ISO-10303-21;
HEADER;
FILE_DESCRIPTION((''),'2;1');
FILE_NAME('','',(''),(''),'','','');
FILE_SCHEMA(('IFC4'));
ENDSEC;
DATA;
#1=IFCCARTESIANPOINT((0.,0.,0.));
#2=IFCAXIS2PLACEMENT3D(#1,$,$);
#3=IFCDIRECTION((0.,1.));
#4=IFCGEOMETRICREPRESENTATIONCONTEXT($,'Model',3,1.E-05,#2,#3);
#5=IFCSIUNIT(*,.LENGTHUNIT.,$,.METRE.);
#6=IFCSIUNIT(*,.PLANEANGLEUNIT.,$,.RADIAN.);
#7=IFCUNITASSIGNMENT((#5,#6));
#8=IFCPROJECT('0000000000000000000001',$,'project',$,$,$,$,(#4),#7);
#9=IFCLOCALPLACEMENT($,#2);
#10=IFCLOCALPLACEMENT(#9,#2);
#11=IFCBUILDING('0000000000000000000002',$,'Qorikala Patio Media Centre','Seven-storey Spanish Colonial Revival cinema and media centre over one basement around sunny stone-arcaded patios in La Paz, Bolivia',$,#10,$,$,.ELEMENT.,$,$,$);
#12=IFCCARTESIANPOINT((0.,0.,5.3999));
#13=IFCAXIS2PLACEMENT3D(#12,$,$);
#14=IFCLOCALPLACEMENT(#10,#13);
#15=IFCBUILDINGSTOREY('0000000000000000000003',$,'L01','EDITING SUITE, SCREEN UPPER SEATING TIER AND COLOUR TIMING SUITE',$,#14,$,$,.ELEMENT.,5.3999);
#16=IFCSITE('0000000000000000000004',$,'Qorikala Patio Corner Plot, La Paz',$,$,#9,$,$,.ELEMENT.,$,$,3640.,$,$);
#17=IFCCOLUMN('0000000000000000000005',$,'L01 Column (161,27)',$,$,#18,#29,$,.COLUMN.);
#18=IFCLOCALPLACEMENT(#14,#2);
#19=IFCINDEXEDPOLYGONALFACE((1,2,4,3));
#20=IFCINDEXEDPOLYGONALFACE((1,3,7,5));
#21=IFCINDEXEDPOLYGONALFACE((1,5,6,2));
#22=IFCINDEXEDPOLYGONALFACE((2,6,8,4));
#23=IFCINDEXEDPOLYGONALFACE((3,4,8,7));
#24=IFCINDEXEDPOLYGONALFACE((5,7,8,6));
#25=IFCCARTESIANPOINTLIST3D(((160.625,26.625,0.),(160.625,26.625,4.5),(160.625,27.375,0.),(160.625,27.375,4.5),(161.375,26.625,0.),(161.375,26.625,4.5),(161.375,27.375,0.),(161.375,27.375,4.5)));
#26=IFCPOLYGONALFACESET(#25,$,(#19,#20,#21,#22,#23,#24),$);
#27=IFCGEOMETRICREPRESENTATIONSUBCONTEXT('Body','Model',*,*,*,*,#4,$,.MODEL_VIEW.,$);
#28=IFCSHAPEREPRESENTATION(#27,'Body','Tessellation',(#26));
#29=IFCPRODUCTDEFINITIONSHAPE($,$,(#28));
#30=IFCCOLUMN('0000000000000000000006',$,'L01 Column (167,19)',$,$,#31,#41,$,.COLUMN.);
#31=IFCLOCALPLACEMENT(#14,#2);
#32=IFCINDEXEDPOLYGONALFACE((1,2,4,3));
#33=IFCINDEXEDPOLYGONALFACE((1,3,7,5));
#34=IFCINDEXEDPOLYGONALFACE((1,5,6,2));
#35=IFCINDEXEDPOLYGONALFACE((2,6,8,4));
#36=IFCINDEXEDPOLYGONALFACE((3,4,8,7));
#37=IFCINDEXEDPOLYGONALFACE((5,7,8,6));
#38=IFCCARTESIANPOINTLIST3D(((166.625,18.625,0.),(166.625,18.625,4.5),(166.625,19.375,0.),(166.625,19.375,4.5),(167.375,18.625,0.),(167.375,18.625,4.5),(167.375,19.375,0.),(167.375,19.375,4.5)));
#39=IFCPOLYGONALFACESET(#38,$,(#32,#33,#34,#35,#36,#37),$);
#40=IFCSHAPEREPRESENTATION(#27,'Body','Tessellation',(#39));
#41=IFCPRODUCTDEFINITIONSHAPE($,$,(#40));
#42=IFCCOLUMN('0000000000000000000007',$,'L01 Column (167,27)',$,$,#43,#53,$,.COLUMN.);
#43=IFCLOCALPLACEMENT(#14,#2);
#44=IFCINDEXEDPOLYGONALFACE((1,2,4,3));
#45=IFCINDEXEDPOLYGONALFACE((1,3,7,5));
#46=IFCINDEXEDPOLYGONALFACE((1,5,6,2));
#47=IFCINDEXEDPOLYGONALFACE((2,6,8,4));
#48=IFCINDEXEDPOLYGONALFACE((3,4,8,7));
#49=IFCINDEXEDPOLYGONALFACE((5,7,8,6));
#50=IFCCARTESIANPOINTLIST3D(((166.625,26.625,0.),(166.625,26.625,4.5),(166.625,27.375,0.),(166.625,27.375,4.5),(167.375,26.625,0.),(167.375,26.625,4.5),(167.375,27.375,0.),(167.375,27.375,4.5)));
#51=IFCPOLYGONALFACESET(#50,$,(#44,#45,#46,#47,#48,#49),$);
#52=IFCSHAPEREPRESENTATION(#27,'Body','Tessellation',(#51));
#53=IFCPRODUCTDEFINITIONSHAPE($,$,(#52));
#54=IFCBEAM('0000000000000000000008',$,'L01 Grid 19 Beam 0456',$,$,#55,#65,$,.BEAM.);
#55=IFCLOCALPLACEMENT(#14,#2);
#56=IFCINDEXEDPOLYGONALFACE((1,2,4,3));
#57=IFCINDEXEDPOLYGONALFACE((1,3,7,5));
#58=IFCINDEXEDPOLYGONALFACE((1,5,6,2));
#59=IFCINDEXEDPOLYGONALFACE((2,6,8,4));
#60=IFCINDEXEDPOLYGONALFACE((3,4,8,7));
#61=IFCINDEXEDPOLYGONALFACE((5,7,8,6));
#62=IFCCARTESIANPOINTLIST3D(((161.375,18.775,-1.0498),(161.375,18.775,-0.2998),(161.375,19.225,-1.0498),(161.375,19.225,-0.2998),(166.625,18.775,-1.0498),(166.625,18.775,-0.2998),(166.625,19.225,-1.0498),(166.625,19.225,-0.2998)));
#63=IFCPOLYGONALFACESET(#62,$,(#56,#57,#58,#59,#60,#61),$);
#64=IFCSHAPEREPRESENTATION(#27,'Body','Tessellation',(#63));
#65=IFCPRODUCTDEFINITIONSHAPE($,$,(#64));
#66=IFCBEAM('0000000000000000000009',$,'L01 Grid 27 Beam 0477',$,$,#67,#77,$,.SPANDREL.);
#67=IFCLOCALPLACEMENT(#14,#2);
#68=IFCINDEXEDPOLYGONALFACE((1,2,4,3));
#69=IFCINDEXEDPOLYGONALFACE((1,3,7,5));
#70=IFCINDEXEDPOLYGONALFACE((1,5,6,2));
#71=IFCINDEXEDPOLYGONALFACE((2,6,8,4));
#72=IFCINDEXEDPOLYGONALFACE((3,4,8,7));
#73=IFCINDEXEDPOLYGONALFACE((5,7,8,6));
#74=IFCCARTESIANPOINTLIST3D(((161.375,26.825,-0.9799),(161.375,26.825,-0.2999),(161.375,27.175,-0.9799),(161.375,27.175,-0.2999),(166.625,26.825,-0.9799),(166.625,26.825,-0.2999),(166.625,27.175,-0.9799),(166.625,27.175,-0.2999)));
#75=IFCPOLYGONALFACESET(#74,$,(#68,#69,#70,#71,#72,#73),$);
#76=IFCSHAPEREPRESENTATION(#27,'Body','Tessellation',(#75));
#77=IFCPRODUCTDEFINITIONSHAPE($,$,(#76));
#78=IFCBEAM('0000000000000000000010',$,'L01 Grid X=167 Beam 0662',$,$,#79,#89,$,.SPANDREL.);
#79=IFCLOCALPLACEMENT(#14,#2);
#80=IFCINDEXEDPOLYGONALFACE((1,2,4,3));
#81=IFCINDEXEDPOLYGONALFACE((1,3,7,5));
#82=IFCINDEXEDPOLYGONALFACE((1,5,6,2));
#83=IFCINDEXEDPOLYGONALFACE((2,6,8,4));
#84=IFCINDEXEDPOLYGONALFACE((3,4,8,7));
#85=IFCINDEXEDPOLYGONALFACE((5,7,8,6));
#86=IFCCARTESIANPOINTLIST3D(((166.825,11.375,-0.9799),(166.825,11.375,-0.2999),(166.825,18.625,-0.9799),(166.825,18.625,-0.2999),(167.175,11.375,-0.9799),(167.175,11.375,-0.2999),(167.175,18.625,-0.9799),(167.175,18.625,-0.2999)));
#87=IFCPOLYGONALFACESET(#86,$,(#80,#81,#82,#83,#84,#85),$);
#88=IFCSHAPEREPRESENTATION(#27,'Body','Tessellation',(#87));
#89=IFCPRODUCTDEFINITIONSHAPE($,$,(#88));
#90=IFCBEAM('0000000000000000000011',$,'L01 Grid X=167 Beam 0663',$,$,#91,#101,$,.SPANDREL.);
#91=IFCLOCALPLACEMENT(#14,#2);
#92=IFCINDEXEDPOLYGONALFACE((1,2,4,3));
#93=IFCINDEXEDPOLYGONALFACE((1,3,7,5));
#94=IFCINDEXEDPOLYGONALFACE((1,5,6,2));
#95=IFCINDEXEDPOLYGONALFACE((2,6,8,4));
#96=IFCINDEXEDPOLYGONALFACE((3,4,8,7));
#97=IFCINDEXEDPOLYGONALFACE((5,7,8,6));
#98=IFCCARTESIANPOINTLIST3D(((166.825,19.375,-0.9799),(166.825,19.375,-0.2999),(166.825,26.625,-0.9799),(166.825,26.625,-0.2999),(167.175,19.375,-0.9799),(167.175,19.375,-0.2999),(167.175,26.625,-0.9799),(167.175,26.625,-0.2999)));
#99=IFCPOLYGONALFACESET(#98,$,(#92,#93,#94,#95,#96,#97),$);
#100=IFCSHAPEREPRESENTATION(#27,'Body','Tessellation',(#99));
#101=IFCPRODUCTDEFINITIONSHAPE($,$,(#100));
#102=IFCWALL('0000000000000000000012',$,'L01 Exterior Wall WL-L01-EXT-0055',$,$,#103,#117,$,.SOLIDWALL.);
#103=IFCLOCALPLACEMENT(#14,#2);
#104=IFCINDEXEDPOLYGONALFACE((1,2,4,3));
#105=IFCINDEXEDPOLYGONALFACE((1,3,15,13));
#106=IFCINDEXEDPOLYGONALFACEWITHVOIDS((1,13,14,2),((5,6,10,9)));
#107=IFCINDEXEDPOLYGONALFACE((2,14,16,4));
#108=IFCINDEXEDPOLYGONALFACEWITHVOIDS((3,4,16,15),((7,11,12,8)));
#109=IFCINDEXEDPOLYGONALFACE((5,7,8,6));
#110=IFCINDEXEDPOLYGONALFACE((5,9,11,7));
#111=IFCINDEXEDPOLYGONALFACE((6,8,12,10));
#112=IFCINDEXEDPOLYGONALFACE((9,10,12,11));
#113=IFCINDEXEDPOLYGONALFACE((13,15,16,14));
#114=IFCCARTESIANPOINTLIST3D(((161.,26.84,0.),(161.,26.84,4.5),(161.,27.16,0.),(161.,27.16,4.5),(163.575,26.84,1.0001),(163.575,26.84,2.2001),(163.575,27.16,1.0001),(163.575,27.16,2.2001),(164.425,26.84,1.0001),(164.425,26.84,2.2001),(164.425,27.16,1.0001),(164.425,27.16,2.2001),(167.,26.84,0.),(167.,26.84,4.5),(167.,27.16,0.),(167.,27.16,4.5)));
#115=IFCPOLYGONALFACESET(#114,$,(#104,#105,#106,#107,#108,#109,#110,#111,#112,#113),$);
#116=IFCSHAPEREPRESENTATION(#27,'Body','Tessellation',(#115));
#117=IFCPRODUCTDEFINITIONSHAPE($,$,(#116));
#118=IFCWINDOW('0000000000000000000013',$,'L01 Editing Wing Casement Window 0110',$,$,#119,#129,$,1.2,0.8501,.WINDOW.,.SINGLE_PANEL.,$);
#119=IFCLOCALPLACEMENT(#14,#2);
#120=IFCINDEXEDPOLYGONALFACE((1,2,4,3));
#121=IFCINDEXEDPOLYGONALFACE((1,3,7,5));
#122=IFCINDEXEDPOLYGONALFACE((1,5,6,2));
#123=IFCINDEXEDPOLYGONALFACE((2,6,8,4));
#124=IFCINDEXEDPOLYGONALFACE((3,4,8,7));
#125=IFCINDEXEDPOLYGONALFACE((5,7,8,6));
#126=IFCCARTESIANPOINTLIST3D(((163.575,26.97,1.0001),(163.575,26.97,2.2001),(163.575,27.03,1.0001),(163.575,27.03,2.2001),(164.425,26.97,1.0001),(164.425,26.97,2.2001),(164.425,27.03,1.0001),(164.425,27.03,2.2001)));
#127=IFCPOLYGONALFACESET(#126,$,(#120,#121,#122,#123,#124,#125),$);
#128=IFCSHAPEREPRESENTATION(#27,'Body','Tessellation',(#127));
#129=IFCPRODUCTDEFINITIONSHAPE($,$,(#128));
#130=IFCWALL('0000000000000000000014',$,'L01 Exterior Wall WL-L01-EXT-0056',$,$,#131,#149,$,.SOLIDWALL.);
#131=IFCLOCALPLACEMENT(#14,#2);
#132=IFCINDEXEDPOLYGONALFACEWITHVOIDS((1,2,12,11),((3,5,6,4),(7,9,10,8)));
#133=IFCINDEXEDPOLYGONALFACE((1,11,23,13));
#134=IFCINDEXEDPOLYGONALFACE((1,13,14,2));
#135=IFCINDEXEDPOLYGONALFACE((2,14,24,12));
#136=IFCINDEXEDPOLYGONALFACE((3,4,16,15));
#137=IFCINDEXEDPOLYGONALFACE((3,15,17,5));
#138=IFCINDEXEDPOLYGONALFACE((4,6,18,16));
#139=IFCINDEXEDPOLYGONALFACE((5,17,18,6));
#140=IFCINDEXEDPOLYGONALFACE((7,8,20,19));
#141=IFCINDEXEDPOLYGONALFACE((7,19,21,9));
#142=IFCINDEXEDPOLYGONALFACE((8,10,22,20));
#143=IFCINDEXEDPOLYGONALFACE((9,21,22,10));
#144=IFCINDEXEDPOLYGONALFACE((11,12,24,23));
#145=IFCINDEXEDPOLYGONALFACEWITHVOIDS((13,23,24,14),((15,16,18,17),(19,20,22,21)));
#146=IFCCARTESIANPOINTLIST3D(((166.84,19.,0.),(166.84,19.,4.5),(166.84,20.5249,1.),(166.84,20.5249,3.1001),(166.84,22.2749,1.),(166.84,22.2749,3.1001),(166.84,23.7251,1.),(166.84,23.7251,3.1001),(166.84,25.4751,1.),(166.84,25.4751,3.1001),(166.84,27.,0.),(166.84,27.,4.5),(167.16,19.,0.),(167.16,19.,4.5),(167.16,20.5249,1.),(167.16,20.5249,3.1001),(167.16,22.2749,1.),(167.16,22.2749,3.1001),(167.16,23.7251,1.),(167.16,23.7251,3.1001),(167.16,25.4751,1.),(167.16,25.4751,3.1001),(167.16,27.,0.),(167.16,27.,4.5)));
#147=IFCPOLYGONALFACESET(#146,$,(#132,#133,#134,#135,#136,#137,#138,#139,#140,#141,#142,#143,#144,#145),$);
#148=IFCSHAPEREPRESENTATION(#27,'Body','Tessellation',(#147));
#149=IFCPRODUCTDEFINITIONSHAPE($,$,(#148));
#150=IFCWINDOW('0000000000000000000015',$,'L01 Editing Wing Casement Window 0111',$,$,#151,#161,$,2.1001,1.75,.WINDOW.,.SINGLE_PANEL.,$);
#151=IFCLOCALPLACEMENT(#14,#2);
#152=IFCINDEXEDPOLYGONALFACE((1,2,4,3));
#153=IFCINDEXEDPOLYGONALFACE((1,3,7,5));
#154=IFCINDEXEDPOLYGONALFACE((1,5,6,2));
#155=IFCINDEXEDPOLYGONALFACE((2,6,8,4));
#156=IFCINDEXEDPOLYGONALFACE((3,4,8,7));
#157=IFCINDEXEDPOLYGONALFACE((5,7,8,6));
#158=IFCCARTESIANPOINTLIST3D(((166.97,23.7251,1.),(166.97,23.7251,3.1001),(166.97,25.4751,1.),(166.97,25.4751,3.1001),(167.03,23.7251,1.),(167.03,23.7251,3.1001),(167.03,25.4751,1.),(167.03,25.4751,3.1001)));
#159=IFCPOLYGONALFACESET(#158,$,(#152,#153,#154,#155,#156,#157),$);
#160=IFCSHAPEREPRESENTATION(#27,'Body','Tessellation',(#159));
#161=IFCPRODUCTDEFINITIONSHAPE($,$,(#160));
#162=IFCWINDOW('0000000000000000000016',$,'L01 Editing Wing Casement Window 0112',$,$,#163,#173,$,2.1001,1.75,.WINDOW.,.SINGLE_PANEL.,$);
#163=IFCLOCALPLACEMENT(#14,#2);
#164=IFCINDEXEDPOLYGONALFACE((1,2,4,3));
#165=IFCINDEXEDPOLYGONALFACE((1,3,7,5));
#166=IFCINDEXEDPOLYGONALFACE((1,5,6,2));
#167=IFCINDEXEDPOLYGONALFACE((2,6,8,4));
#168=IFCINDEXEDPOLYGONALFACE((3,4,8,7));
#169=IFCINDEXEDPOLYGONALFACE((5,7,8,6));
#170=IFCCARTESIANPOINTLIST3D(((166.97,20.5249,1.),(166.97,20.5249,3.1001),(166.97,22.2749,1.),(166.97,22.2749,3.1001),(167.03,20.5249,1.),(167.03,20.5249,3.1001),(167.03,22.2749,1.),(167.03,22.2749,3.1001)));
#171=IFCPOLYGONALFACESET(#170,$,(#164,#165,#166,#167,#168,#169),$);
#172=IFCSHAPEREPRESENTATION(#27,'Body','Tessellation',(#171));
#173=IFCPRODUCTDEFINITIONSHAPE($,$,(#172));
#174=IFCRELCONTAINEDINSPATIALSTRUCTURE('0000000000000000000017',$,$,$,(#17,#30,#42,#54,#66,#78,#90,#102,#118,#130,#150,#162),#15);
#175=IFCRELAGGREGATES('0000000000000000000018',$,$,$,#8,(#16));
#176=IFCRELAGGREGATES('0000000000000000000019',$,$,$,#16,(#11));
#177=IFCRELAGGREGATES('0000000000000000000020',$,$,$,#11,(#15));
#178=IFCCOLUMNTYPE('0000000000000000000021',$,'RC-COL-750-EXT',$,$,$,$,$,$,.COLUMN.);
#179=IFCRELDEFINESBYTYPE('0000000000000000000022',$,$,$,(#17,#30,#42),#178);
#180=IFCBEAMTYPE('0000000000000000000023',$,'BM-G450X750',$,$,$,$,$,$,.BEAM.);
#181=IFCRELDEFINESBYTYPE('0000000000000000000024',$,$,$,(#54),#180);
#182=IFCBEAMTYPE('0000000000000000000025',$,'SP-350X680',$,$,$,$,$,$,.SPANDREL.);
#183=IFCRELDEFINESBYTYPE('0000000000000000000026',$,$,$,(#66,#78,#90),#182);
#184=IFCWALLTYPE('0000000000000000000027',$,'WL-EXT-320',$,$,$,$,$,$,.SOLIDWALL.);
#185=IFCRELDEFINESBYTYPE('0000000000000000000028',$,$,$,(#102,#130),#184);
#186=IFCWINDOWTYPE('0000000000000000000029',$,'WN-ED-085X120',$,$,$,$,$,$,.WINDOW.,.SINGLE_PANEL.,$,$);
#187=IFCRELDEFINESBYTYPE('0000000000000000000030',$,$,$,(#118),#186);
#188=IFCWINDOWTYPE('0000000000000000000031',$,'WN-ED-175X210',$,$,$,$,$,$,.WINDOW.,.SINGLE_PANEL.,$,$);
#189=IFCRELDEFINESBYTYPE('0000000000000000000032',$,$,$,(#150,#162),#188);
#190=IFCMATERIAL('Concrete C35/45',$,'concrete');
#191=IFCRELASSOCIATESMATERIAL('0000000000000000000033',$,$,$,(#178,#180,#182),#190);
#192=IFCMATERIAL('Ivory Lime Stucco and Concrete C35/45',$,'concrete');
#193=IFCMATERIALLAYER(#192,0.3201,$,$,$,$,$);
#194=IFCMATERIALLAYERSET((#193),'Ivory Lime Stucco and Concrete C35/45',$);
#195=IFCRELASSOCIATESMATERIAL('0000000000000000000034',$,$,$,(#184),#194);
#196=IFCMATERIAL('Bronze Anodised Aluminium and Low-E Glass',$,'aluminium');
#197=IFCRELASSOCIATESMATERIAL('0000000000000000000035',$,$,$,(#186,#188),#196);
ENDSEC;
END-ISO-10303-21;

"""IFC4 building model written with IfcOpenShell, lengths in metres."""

from ifc_helpers import new_model, si_unit, direction, frame, frame_2d, origin, origin_2d, place, context, subcontext, project, spatial, rectangle, extrude, material, layer, layer_set, material_profile, profile_set, type_object, element, fill, save


model = new_model("IFC4")

# Units and contexts
model_context = context("Model", 3, precision=1e-05, world=origin(), true_north=direction((0.0, 1.0)))
body_context = subcontext(model_context, "Body", "Model", "MODEL_VIEW")
ifc_project = project(units=[si_unit("LENGTHUNIT", "METRE"), si_unit("PLANEANGLEUNIT", "RADIAN")], contexts=[model_context])

# Site, building, storey
site_placement = place(None, origin())
site = spatial("IfcSite", under=ifc_project, at=site_placement, Name="Qorikala Patio Corner Plot, La Paz", CompositionType="ELEMENT", RefElevation=3640.0)
building_placement = place(site_placement, origin())
building = spatial("IfcBuilding", under=site, at=building_placement, Name="Qorikala Patio Media Centre", Description="Seven-storey Spanish Colonial Revival cinema and media centre over one basement around sunny stone-arcaded patios in La Paz, Bolivia", CompositionType="ELEMENT")
storey_placement = place(building_placement, frame((0.0, 0.0, 5.3999)))
storey = spatial("IfcBuildingStorey", under=building, at=storey_placement, Name="L01", Description="EDITING SUITE, SCREEN UPPER SEATING TIER AND COLOUR TIMING SUITE", CompositionType="ELEMENT", Elevation=5.3999)

# Columns
ifc_material_1 = material(Name="Concrete C35/45", Category="concrete")
ifc_material_profile_1 = material_profile(ifc_material_1, rectangle(XDim=0.75, YDim=0.75, at=origin_2d()), Name="RC 750x750")
ifc_profile_set_1 = profile_set([ifc_material_profile_1], Name="Concrete C35/45")
column_type = type_object("IfcColumnType", Name="RC-COL-750-EXT", PredefinedType="COLUMN", material=ifc_profile_set_1)
for number, where, z_axis, x_axis, name in (
    (1, (161.0, 27.0, 0.0), (0.0, 0.0, 1.0), (1.0, 0.0, 0.0), "L01 Column (161,27)"),
    (2, (167.0, 19.0, 0.0), (0.0, 0.0, 1.0), (1.0, 0.0, 0.0), "L01 Column (167,19)"),
    (3, (167.0, 27.0, 0.0), (0.0, 0.0, 1.0), (1.0, 0.0, 0.0), "L01 Column (167,27)"),
):
    element("IfcColumn", number, at=place(storey_placement, frame(where, z_axis=z_axis, x_axis=x_axis)), inside=storey, type_object=column_type, Name=name, PredefinedType="COLUMN", context=body_context, shape_type="SweptSolid", body=[
        extrude(rectangle(XDim=0.75, YDim=0.75, at=origin_2d()), origin(), (0.0, 0.0, 1.0), 4.5),
    ])

# Beams
ifc_material_profile_2 = material_profile(ifc_material_1, rectangle(XDim=0.45, YDim=0.75, at=origin_2d()), Name="RC 450x750")
ifc_profile_set_2 = profile_set([ifc_material_profile_2], Name="Concrete C35/45")
beam_type_1 = type_object("IfcBeamType", Name="BM-G450X750", PredefinedType="BEAM", material=ifc_profile_set_2)
beam_1_placement = place(storey_placement, frame((161.375, 19.0, -0.6748), z_axis=(1.0, 0.0, 0.0), x_axis=(0.0, 1.0, 0.0)))
element("IfcBeam", 4, at=beam_1_placement, inside=storey, type_object=beam_type_1, Name="L01 Grid 19 Beam 0456", PredefinedType="BEAM", context=body_context, shape_type="SweptSolid", body=[
    extrude(rectangle(XDim=0.45, YDim=0.75, at=origin_2d()), origin(), (0.0, 0.0, 1.0), 5.25),
])
ifc_material_profile_3 = material_profile(ifc_material_1, rectangle(XDim=0.3501, YDim=0.6799, at=origin_2d()), Name="RC 350x680")
ifc_profile_set_3 = profile_set([ifc_material_profile_3], Name="Concrete C35/45")
beam_type_2 = type_object("IfcBeamType", Name="SP-350X680", PredefinedType="SPANDREL", material=ifc_profile_set_3)
beam_2_placement = place(storey_placement, frame((161.375, 27.0, -0.6399), z_axis=(1.0, 0.0, 0.0), x_axis=(0.0, 1.0, 0.0)))
element("IfcBeam", 5, at=beam_2_placement, inside=storey, type_object=beam_type_2, Name="L01 Grid 27 Beam 0477", PredefinedType="SPANDREL", context=body_context, shape_type="SweptSolid", body=[
    extrude(rectangle(XDim=0.3501, YDim=0.6799, at=origin_2d()), origin(), (0.0, 0.0, 1.0), 5.25),
])
for number, where, z_axis, x_axis, name in (
    (6, (167.0, 11.375, -0.6399), (0.0, 1.0, 0.0), (-1.0, 0.0, 0.0), "L01 Grid X=167 Beam 0662"),
    (7, (167.0, 19.375, -0.6399), (0.0, 1.0, 0.0), (-1.0, 0.0, 0.0), "L01 Grid X=167 Beam 0663"),
):
    element("IfcBeam", number, at=place(storey_placement, frame(where, z_axis=z_axis, x_axis=x_axis)), inside=storey, type_object=beam_type_2, Name=name, PredefinedType="SPANDREL", context=body_context, shape_type="SweptSolid", body=[
        extrude(rectangle(XDim=0.3501, YDim=0.6799, at=origin_2d()), origin(), (0.0, 0.0, 1.0), 7.25),
    ])

# Wall, opening, window
ifc_material_2 = material(Name="Ivory Lime Stucco and Concrete C35/45", Category="concrete")
ifc_layer_1 = layer(ifc_material_2, 0.3201)
ifc_layer_set_1 = layer_set([ifc_layer_1], Name="Ivory Lime Stucco and Concrete C35/45")
wall_type_1 = type_object("IfcWallType", Name="WL-EXT-320", PredefinedType="SOLIDWALL", material=ifc_layer_set_1)
wall_1_placement = place(storey_placement, frame((161.0, 27.0, 0.0), z_axis=(0.0, 0.0, 1.0), x_axis=(1.0, 0.0, 0.0)))
wall_1 = element("IfcWall", 8, at=wall_1_placement, inside=storey, type_object=wall_type_1, Name="L01 Exterior Wall WL-L01-EXT-0055", PredefinedType="SOLIDWALL", context=body_context, shape_type="SweptSolid", body=[
    extrude(rectangle(XDim=6.0, YDim=0.3201, at=frame_2d((3.0, 0.0))), origin(), (0.0, 0.0, 1.0), 4.5),
])
opening_1_placement = place(wall_1_placement, frame((2.575, 0.0, 1.0)))
opening_1 = element("IfcOpeningElement", 9, at=opening_1_placement, cuts=wall_1, PredefinedType="OPENING", context=body_context, shape_type="SweptSolid", body=[
    extrude(rectangle(XDim=0.8501, YDim=1.2, at=frame_2d((0.425, 0.6001))), frame((0.0, 0.1699, 0.0), z_axis=(0.0, -1.0, 0.0), x_axis=(1.0, 0.0, 0.0)), (0.0, 0.0, 1.0), 0.3401),
])
ifc_material_3 = material(Name="Bronze Anodised Aluminium and Low-E Glass", Category="aluminium")
window_type_1 = type_object("IfcWindowType", Name="WN-ED-085X120", PartitioningType="SINGLE_PANEL", PredefinedType="WINDOW", material=ifc_material_3)
window_1_placement = place(opening_1_placement, origin())
window_1 = element("IfcWindow", 10, at=window_1_placement, inside=storey, type_object=window_type_1, Name="L01 Editing Wing Casement Window 0110", OverallHeight=1.2, OverallWidth=0.8501, PartitioningType="SINGLE_PANEL", PredefinedType="WINDOW", context=body_context, shape_type="SweptSolid", body=[
    extrude(rectangle(XDim=0.8501, YDim=1.2, at=frame_2d((0.425, 0.6001))), frame((0.0, 0.03, 0.0), z_axis=(0.0, -1.0, 0.0), x_axis=(1.0, 0.0, 0.0)), (0.0, 0.0, 1.0), 0.0601),
])
fill(opening_1, window_1)

# Wall, openings, windows
wall_2_placement = place(storey_placement, frame((167.0, 27.0, 0.0), z_axis=(0.0, 0.0, 1.0), x_axis=(0.0, -1.0, 0.0)))
wall_2 = element("IfcWall", 11, at=wall_2_placement, inside=storey, type_object=wall_type_1, Name="L01 Exterior Wall WL-L01-EXT-0056", PredefinedType="SOLIDWALL", context=body_context, shape_type="SweptSolid", body=[
    extrude(rectangle(XDim=8.0, YDim=0.3201, at=frame_2d((4.0, 0.0))), origin(), (0.0, 0.0, 1.0), 4.5),
])
opening_2_placement = place(wall_2_placement, frame((1.5249, 0.0, 1.0)))
opening_2 = element("IfcOpeningElement", 12, at=opening_2_placement, cuts=wall_2, PredefinedType="OPENING", context=body_context, shape_type="SweptSolid", body=[
    extrude(rectangle(XDim=1.75, YDim=2.1001, at=frame_2d((0.875, 1.05))), frame((0.0, 0.1699, 0.0), z_axis=(0.0, -1.0, 0.0), x_axis=(1.0, 0.0, 0.0)), (0.0, 0.0, 1.0), 0.3401),
])
opening_3_placement = place(wall_2_placement, frame((4.7251, 0.0, 1.0)))
opening_3 = element("IfcOpeningElement", 13, at=opening_3_placement, cuts=wall_2, PredefinedType="OPENING", context=body_context, shape_type="SweptSolid", body=[
    extrude(rectangle(XDim=1.75, YDim=2.1001, at=frame_2d((0.875, 1.05))), frame((0.0, 0.1699, 0.0), z_axis=(0.0, -1.0, 0.0), x_axis=(1.0, 0.0, 0.0)), (0.0, 0.0, 1.0), 0.3401),
])
window_type_2 = type_object("IfcWindowType", Name="WN-ED-175X210", PartitioningType="SINGLE_PANEL", PredefinedType="WINDOW", material=ifc_material_3)
window_2_placement = place(opening_2_placement, origin())
window_2 = element("IfcWindow", 14, at=window_2_placement, inside=storey, type_object=window_type_2, Name="L01 Editing Wing Casement Window 0111", OverallHeight=2.1001, OverallWidth=1.75, PartitioningType="SINGLE_PANEL", PredefinedType="WINDOW", context=body_context, shape_type="SweptSolid", body=[
    extrude(rectangle(XDim=1.75, YDim=2.1001, at=frame_2d((0.875, 1.05))), frame((0.0, 0.03, 0.0), z_axis=(0.0, -1.0, 0.0), x_axis=(1.0, 0.0, 0.0)), (0.0, 0.0, 1.0), 0.0601),
])
fill(opening_2, window_2)
window_3_placement = place(opening_3_placement, origin())
window_3 = element("IfcWindow", 15, at=window_3_placement, inside=storey, type_object=window_type_2, Name="L01 Editing Wing Casement Window 0112", OverallHeight=2.1001, OverallWidth=1.75, PartitioningType="SINGLE_PANEL", PredefinedType="WINDOW", context=body_context, shape_type="SweptSolid", body=[
    extrude(rectangle(XDim=1.75, YDim=2.1001, at=frame_2d((0.875, 1.05))), frame((0.0, 0.03, 0.0), z_axis=(0.0, -1.0, 0.0), x_axis=(1.0, 0.0, 0.0)), (0.0, 0.0, 1.0), 0.0601),
])
fill(opening_3, window_3)

save(model, "model.ifc")
